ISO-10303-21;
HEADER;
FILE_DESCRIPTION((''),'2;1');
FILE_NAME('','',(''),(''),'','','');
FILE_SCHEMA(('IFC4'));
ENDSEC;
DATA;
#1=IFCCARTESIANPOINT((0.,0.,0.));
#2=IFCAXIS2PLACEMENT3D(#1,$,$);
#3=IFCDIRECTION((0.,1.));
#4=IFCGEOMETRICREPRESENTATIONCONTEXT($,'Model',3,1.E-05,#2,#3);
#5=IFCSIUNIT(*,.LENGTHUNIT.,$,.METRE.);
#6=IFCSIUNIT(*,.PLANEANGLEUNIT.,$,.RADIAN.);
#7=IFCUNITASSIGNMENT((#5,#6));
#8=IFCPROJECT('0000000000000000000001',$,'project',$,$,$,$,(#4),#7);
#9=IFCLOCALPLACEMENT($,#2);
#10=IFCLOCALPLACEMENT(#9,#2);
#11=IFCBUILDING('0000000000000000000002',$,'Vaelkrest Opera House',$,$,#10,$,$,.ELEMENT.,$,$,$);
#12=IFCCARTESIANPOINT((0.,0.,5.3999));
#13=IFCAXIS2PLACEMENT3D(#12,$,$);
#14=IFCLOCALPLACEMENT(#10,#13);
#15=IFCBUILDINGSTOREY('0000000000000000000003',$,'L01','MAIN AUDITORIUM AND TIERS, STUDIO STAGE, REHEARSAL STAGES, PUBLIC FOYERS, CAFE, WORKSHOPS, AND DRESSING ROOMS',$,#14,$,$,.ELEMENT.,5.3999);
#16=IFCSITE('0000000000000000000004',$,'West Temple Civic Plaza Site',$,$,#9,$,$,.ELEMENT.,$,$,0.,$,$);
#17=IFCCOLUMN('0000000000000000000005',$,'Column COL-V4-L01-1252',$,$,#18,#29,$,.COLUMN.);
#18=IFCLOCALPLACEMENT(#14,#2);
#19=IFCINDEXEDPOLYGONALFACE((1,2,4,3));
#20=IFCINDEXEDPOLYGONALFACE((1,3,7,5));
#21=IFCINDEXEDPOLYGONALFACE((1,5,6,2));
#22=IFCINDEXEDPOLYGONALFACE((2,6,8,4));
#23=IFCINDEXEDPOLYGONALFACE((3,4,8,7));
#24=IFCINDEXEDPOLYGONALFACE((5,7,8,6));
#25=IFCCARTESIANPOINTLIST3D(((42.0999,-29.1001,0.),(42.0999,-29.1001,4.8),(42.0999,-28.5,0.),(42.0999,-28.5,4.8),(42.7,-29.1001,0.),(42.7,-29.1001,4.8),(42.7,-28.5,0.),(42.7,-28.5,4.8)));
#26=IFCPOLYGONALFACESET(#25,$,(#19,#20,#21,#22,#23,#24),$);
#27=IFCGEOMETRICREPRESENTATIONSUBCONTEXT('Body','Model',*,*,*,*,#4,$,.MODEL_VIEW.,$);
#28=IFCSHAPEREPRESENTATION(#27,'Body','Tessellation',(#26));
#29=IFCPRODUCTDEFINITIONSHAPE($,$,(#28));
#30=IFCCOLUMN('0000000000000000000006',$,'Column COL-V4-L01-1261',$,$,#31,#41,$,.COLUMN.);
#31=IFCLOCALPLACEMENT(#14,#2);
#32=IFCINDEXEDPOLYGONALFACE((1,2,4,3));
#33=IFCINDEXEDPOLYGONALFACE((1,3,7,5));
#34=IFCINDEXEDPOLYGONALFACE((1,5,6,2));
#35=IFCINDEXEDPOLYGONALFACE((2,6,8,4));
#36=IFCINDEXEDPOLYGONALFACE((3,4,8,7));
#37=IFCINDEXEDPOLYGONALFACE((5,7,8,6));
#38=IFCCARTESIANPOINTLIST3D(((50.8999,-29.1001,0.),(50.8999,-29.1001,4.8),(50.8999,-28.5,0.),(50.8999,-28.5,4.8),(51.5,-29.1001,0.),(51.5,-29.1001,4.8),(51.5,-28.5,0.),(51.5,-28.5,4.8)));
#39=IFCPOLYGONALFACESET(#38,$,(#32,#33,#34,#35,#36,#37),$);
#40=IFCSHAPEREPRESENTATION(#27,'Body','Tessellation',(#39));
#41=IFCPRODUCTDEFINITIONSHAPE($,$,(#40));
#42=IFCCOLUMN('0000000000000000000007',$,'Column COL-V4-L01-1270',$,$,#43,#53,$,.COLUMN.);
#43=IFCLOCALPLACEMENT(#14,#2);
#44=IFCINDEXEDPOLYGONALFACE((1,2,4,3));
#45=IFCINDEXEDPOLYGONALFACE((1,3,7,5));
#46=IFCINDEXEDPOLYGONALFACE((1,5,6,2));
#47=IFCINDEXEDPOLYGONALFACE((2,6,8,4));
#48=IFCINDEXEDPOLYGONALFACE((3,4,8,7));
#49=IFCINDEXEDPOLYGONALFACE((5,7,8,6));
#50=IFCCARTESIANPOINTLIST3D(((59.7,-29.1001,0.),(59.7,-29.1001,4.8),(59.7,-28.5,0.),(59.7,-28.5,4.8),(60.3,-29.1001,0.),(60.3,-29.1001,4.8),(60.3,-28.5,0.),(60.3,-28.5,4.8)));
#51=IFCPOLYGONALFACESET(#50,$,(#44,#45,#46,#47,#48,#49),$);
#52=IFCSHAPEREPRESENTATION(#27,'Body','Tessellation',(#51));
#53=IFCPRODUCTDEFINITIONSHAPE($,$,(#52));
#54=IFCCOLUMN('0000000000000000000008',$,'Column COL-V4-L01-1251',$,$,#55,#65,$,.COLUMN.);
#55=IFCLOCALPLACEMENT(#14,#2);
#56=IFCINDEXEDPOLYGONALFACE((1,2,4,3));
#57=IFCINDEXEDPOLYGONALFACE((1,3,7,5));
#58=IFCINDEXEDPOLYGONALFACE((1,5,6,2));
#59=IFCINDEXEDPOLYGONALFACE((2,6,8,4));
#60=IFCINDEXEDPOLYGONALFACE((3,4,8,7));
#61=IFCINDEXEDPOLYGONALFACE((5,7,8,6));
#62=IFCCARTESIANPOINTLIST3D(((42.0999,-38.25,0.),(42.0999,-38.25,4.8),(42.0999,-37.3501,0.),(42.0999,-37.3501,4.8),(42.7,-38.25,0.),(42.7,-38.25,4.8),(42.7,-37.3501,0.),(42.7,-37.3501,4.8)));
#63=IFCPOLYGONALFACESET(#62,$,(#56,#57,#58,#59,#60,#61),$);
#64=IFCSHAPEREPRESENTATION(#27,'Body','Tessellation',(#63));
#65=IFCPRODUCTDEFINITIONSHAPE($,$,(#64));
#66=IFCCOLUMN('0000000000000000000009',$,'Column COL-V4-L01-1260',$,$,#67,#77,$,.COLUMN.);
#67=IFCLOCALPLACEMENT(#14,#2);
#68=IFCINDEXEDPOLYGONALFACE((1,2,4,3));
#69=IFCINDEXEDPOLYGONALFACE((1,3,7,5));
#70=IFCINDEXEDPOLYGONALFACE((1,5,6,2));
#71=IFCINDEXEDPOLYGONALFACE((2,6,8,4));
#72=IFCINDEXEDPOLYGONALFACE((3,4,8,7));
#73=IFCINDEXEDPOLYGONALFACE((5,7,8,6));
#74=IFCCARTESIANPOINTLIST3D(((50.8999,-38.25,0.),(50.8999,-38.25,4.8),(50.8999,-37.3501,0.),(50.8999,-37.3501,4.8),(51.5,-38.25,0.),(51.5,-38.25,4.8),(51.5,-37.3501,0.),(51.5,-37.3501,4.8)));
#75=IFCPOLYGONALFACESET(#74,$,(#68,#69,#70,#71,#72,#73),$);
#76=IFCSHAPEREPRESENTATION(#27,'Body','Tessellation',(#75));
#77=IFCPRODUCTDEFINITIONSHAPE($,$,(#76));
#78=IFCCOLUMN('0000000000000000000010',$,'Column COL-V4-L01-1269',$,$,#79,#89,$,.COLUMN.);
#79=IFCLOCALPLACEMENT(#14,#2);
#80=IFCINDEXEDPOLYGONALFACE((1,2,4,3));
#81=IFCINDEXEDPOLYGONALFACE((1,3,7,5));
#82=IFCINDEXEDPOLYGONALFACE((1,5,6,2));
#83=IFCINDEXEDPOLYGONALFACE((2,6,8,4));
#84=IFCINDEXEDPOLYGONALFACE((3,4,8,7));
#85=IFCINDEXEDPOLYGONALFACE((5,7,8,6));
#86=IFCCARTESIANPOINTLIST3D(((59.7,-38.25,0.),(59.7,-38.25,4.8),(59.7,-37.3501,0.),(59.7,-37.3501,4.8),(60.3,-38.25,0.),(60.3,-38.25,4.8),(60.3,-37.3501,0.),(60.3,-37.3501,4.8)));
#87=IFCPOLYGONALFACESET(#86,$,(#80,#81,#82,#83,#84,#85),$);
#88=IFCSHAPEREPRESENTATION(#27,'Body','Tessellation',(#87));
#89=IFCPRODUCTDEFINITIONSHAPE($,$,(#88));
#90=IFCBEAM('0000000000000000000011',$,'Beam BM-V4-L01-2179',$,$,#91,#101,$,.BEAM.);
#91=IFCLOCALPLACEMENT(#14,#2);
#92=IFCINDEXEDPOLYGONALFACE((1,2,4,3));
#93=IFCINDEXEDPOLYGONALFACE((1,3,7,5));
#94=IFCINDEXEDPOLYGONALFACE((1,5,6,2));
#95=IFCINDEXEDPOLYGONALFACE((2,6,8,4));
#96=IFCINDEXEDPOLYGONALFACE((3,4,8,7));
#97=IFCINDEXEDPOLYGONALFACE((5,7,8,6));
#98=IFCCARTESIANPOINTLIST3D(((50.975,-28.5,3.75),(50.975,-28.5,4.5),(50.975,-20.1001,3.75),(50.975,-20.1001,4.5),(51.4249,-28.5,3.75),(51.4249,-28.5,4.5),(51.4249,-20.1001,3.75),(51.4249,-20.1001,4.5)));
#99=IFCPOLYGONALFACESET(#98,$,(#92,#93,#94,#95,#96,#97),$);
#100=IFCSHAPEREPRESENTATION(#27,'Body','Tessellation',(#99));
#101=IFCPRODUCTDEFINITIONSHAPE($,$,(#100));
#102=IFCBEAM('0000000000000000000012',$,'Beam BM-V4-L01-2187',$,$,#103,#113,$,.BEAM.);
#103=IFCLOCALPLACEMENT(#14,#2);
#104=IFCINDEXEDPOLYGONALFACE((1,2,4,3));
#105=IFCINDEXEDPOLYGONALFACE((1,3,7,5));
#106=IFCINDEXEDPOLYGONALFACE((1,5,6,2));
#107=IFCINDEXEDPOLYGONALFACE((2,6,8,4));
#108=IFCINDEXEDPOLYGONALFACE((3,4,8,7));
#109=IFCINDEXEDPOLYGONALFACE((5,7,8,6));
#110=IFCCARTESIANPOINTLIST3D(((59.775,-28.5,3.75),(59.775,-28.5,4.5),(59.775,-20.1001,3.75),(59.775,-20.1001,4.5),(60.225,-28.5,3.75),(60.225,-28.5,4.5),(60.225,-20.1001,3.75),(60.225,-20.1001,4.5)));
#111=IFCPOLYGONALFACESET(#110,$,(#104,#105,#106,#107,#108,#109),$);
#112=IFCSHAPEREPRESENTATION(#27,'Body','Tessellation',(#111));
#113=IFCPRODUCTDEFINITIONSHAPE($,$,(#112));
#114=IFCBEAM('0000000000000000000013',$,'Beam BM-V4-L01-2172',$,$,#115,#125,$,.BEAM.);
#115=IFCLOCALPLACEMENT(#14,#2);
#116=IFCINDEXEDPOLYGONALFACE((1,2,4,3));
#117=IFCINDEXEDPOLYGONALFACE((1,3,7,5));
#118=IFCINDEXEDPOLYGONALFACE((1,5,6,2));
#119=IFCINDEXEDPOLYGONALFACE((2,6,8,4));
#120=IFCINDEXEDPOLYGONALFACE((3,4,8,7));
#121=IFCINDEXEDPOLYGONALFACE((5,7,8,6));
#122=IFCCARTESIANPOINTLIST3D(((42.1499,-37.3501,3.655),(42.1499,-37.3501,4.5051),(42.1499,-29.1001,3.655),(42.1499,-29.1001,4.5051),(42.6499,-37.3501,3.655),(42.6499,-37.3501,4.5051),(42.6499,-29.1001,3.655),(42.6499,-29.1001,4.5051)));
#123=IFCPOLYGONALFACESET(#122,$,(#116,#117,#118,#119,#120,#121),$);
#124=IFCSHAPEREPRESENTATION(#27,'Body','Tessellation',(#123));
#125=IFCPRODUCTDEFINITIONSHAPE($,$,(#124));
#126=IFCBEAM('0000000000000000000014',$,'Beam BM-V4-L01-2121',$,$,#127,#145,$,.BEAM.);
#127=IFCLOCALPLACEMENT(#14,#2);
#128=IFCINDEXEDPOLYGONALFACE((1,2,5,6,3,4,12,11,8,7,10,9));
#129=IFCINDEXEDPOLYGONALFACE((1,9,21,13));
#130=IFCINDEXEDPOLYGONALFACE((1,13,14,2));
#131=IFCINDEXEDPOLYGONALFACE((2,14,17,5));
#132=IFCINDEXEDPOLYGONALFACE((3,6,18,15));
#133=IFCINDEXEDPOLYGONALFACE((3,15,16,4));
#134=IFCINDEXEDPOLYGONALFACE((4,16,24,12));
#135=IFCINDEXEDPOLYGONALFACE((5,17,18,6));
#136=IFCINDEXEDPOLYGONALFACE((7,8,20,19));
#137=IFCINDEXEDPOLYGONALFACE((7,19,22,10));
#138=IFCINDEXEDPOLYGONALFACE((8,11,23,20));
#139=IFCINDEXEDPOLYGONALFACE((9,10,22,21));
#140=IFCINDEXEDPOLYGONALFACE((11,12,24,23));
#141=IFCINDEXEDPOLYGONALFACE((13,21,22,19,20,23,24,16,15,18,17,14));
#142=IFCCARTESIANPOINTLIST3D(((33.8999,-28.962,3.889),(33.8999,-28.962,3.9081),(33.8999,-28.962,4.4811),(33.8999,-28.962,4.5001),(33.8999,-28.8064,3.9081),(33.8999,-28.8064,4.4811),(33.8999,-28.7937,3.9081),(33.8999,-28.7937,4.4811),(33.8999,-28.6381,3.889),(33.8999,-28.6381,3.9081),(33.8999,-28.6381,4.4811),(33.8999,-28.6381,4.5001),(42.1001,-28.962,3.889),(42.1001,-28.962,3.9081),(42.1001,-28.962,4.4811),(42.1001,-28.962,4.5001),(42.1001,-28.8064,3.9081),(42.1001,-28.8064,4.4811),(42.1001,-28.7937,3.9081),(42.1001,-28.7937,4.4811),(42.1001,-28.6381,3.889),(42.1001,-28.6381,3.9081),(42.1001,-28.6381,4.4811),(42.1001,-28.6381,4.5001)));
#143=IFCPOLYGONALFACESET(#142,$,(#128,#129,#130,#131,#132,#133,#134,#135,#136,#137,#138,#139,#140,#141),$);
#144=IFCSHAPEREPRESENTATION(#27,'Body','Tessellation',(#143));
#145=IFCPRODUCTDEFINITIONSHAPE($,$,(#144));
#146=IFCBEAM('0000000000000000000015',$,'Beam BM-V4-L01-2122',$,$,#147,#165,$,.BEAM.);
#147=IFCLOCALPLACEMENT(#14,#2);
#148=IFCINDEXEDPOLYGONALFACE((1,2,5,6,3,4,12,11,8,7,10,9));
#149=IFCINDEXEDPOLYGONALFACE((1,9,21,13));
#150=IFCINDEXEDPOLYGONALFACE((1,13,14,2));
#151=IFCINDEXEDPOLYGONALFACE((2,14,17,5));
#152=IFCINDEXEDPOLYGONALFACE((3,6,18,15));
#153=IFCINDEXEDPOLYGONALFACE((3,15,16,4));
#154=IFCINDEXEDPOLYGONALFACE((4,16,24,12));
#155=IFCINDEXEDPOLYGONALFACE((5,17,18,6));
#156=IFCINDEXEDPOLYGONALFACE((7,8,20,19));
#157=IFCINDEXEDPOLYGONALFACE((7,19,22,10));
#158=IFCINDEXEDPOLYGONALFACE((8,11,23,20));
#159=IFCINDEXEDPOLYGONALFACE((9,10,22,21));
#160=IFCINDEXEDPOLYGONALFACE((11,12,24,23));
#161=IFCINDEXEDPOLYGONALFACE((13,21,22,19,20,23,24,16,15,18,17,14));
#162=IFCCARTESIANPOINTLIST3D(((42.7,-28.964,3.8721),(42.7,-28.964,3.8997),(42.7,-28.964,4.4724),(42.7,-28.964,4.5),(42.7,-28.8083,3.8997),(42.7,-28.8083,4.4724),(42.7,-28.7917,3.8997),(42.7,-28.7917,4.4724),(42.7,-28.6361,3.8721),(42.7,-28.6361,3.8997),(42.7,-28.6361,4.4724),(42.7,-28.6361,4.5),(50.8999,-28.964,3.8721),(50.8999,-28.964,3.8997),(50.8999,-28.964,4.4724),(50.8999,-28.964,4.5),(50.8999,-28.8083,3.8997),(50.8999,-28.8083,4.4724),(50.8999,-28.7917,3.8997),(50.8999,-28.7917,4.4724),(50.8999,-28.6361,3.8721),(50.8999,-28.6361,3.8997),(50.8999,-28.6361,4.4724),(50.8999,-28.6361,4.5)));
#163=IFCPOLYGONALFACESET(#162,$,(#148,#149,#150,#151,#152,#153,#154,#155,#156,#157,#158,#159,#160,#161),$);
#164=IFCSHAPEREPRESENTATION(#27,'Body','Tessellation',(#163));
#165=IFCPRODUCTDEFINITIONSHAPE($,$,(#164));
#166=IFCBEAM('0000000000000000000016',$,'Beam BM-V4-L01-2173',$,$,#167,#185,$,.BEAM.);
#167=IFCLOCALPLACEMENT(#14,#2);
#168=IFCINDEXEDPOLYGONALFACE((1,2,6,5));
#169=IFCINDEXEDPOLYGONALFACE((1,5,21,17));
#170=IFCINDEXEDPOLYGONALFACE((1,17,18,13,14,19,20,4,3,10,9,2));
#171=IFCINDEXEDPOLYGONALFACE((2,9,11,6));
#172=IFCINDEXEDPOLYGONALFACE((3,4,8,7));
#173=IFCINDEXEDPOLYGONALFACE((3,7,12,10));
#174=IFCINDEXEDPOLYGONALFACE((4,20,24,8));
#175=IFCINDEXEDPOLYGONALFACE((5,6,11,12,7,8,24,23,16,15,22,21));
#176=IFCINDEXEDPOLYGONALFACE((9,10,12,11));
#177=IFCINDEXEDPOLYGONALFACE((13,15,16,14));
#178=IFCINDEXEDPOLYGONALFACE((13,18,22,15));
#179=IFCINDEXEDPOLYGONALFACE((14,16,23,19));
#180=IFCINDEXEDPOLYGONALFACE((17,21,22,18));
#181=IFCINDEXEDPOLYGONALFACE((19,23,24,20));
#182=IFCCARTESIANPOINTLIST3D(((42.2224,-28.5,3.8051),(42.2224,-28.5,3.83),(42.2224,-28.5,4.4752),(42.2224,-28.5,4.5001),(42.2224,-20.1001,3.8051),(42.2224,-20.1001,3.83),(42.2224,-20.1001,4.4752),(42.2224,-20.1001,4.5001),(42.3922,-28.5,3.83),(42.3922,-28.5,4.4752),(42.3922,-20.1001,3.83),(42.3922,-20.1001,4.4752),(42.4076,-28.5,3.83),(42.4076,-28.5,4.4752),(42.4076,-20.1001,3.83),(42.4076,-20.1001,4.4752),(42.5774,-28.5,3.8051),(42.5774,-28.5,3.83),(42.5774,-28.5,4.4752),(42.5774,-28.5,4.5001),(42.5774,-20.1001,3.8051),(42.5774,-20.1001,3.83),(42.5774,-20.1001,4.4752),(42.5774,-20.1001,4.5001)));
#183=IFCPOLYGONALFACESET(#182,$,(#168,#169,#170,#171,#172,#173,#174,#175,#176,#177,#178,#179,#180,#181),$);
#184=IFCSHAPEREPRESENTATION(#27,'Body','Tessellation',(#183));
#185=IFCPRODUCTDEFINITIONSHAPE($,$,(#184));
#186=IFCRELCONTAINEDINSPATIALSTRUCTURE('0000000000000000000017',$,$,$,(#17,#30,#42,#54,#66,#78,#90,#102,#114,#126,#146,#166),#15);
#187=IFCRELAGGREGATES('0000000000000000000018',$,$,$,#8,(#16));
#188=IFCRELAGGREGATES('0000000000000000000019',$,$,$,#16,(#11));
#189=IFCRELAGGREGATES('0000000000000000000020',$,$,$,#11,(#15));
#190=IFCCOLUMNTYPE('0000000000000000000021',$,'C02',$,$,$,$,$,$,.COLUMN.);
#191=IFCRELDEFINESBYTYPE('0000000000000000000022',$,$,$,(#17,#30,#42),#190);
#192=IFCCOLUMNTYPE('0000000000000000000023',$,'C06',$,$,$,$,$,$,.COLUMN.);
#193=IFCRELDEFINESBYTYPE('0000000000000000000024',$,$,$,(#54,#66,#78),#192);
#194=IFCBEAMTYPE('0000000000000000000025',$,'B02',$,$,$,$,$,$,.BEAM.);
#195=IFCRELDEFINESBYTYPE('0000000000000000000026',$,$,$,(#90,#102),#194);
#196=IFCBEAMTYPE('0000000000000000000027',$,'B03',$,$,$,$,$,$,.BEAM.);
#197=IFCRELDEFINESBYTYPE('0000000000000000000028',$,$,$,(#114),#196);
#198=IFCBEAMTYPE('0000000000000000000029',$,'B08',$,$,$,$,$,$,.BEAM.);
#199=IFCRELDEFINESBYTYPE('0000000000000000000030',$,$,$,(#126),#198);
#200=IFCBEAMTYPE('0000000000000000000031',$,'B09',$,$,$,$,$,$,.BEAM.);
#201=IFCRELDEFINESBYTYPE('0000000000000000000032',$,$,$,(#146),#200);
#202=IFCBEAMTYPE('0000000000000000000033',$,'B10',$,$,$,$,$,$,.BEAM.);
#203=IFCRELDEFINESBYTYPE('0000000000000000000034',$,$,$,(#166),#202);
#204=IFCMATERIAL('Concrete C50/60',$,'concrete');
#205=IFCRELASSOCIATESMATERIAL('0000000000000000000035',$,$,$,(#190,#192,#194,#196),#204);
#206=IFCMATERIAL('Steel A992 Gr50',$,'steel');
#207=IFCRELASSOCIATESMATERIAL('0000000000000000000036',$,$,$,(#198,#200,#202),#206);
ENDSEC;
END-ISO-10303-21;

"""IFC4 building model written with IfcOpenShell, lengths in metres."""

from ifc_helpers import new_model, si_unit, direction, frame, origin, origin_2d, place, context, subcontext, project, spatial, rectangle, i_section, extrude, material, material_profile, profile_set, type_object, element, save


model = new_model("IFC4")

# Units and contexts
model_context = context("Model", 3, precision=1e-05, world=origin(), true_north=direction((0.0, 1.0)))
body_context = subcontext(model_context, "Body", "Model", "MODEL_VIEW")
ifc_project = project(units=[si_unit("LENGTHUNIT", "METRE"), si_unit("PLANEANGLEUNIT", "RADIAN")], contexts=[model_context])

# Site, building, storey
site_placement = place(None, origin())
site = spatial("IfcSite", under=ifc_project, at=site_placement, Name="West Temple Civic Plaza Site", CompositionType="ELEMENT", RefElevation=0.0)
building_placement = place(site_placement, origin())
building = spatial("IfcBuilding", under=site, at=building_placement, Name="Vaelkrest Opera House", CompositionType="ELEMENT")
storey_placement = place(building_placement, frame((0.0, 0.0, 5.3999)))
storey = spatial("IfcBuildingStorey", under=building, at=storey_placement, Name="L01", Description="MAIN AUDITORIUM AND TIERS, STUDIO STAGE, REHEARSAL STAGES, PUBLIC FOYERS, CAFE, WORKSHOPS, AND DRESSING ROOMS", CompositionType="ELEMENT", Elevation=5.3999)

# Columns
ifc_material_1 = material(Name="Concrete C50/60", Category="concrete")
ifc_material_profile_1 = material_profile(ifc_material_1, rectangle(XDim=0.6001, YDim=0.6001, at=origin_2d()), Name="RC600X600")
ifc_profile_set_1 = profile_set([ifc_material_profile_1], Name="Concrete C50/60")
column_type_1 = type_object("IfcColumnType", Name="C02", PredefinedType="COLUMN", material=ifc_profile_set_1)
for number, where, z_axis, x_axis, name in (
    (1, (42.3999, -28.8, 0.0), (0.0, 0.0, 1.0), (1.0, 0.0, 0.0), "Column COL-V4-L01-1252"),
    (2, (51.2, -28.8, 0.0), (0.0, 0.0, 1.0), (1.0, 0.0, 0.0), "Column COL-V4-L01-1261"),
    (3, (60.0, -28.8, 0.0), (0.0, 0.0, 1.0), (1.0, 0.0, 0.0), "Column COL-V4-L01-1270"),
):
    element("IfcColumn", number, at=place(storey_placement, frame(where, z_axis=z_axis, x_axis=x_axis)), inside=storey, type_object=column_type_1, Name=name, PredefinedType="COLUMN", context=body_context, shape_type="SweptSolid", body=[
        extrude(rectangle(XDim=0.6001, YDim=0.6001, at=origin_2d()), origin(), (0.0, 0.0, 1.0), 4.8),
    ])
ifc_material_profile_2 = material_profile(ifc_material_1, rectangle(XDim=0.6001, YDim=0.8999, at=origin_2d()), Name="RC600X900")
ifc_profile_set_2 = profile_set([ifc_material_profile_2], Name="Concrete C50/60")
column_type_2 = type_object("IfcColumnType", Name="C06", PredefinedType="COLUMN", material=ifc_profile_set_2)
for number, where, z_axis, x_axis, name in (
    (4, (42.3999, -37.8, 0.0), (0.0, 0.0, 1.0), (1.0, 0.0, 0.0), "Column COL-V4-L01-1251"),
    (5, (51.2, -37.8, 0.0), (0.0, 0.0, 1.0), (1.0, 0.0, 0.0), "Column COL-V4-L01-1260"),
    (6, (60.0, -37.8, 0.0), (0.0, 0.0, 1.0), (1.0, 0.0, 0.0), "Column COL-V4-L01-1269"),
):
    element("IfcColumn", number, at=place(storey_placement, frame(where, z_axis=z_axis, x_axis=x_axis)), inside=storey, type_object=column_type_2, Name=name, PredefinedType="COLUMN", context=body_context, shape_type="SweptSolid", body=[
        extrude(rectangle(XDim=0.6001, YDim=0.8999, at=origin_2d()), origin(), (0.0, 0.0, 1.0), 4.8),
    ])

# Beams
ifc_material_profile_3 = material_profile(ifc_material_1, rectangle(XDim=0.45, YDim=0.75, at=origin_2d()), Name="RCB450X750")
ifc_profile_set_3 = profile_set([ifc_material_profile_3], Name="Concrete C50/60")
beam_type_1 = type_object("IfcBeamType", Name="B02", PredefinedType="BEAM", material=ifc_profile_set_3)
for number, where, z_axis, x_axis, name in (
    (7, (51.2, -28.5, 4.125), (0.0, 1.0, 0.0), (-1.0, 0.0, 0.0), "Beam BM-V4-L01-2179"),
    (8, (60.0, -28.5, 4.125), (0.0, 1.0, 0.0), (-1.0, 0.0, 0.0), "Beam BM-V4-L01-2187"),
):
    element("IfcBeam", number, at=place(storey_placement, frame(where, z_axis=z_axis, x_axis=x_axis)), inside=storey, type_object=beam_type_1, Name=name, PredefinedType="BEAM", context=body_context, shape_type="SweptSolid", body=[
        extrude(rectangle(XDim=0.45, YDim=0.75, at=origin_2d()), origin(), (0.0, 0.0, 1.0), 8.3999),
    ])
ifc_material_profile_4 = material_profile(ifc_material_1, rectangle(XDim=0.5, YDim=0.8501, at=origin_2d()), Name="RCB500X850")
ifc_profile_set_4 = profile_set([ifc_material_profile_4], Name="Concrete C50/60")
beam_type_2 = type_object("IfcBeamType", Name="B03", PredefinedType="BEAM", material=ifc_profile_set_4)
beam_1_placement = place(storey_placement, frame((42.3999, -37.3501, 4.0801), z_axis=(0.0, 1.0, 0.0), x_axis=(-1.0, 0.0, 0.0)))
element("IfcBeam", 9, at=beam_1_placement, inside=storey, type_object=beam_type_2, Name="Beam BM-V4-L01-2172", PredefinedType="BEAM", context=body_context, shape_type="SweptSolid", body=[
    extrude(rectangle(XDim=0.5, YDim=0.8501, at=origin_2d()), origin(), (0.0, 0.0, 1.0), 8.25),
])
ifc_material_2 = material(Name="Steel A992 Gr50", Category="steel")
ifc_material_profile_5 = material_profile(ifc_material_2, i_section(OverallWidth=0.324, OverallDepth=0.6111, WebThickness=0.0127, FlangeThickness=0.019, at=origin_2d()), Name="W24X104")
ifc_profile_set_5 = profile_set([ifc_material_profile_5], Name="Steel A992 Gr50")
beam_type_3 = type_object("IfcBeamType", Name="B08", PredefinedType="BEAM", material=ifc_profile_set_5)
beam_2_placement = place(storey_placement, frame((33.8999, -28.8, 4.1946), z_axis=(1.0, 0.0, 0.0), x_axis=(0.0, 1.0, 0.0)))
element("IfcBeam", 10, at=beam_2_placement, inside=storey, type_object=beam_type_3, Name="Beam BM-V4-L01-2121", PredefinedType="BEAM", context=body_context, shape_type="SweptSolid", body=[
    extrude(i_section(OverallWidth=0.324, OverallDepth=0.6111, WebThickness=0.0127, FlangeThickness=0.019, at=origin_2d()), origin(), (0.0, 0.0, 1.0), 8.2002),
])
ifc_material_profile_6 = material_profile(ifc_material_2, i_section(OverallWidth=0.3279, OverallDepth=0.6279, WebThickness=0.0166, FlangeThickness=0.0276, at=origin_2d()), Name="W24X146")
ifc_profile_set_6 = profile_set([ifc_material_profile_6], Name="Steel A992 Gr50")
beam_type_4 = type_object("IfcBeamType", Name="B09", PredefinedType="BEAM", material=ifc_profile_set_6)
beam_3_placement = place(storey_placement, frame((42.7, -28.8, 4.186), z_axis=(1.0, 0.0, 0.0), x_axis=(0.0, 1.0, 0.0)))
element("IfcBeam", 11, at=beam_3_placement, inside=storey, type_object=beam_type_4, Name="Beam BM-V4-L01-2122", PredefinedType="BEAM", context=body_context, shape_type="SweptSolid", body=[
    extrude(i_section(OverallWidth=0.3279, OverallDepth=0.6279, WebThickness=0.0166, FlangeThickness=0.0276, at=origin_2d()), origin(), (0.0, 0.0, 1.0), 8.2),
])
ifc_material_profile_7 = material_profile(ifc_material_2, i_section(OverallWidth=0.355, OverallDepth=0.6951, WebThickness=0.0154, FlangeThickness=0.0249, at=origin_2d()), Name="W27X146")
ifc_profile_set_7 = profile_set([ifc_material_profile_7], Name="Steel A992 Gr50")
beam_type_5 = type_object("IfcBeamType", Name="B10", PredefinedType="BEAM", material=ifc_profile_set_7)
beam_4_placement = place(storey_placement, frame((42.3999, -28.5, 4.1526), z_axis=(0.0, 1.0, 0.0), x_axis=(-1.0, 0.0, 0.0)))
element("IfcBeam", 12, at=beam_4_placement, inside=storey, type_object=beam_type_5, Name="Beam BM-V4-L01-2173", PredefinedType="BEAM", context=body_context, shape_type="SweptSolid", body=[
    extrude(i_section(OverallWidth=0.355, OverallDepth=0.6951, WebThickness=0.0154, FlangeThickness=0.0249, at=origin_2d()), origin(), (0.0, 0.0, 1.0), 8.3999),
])

save(model, "model.ifc")
